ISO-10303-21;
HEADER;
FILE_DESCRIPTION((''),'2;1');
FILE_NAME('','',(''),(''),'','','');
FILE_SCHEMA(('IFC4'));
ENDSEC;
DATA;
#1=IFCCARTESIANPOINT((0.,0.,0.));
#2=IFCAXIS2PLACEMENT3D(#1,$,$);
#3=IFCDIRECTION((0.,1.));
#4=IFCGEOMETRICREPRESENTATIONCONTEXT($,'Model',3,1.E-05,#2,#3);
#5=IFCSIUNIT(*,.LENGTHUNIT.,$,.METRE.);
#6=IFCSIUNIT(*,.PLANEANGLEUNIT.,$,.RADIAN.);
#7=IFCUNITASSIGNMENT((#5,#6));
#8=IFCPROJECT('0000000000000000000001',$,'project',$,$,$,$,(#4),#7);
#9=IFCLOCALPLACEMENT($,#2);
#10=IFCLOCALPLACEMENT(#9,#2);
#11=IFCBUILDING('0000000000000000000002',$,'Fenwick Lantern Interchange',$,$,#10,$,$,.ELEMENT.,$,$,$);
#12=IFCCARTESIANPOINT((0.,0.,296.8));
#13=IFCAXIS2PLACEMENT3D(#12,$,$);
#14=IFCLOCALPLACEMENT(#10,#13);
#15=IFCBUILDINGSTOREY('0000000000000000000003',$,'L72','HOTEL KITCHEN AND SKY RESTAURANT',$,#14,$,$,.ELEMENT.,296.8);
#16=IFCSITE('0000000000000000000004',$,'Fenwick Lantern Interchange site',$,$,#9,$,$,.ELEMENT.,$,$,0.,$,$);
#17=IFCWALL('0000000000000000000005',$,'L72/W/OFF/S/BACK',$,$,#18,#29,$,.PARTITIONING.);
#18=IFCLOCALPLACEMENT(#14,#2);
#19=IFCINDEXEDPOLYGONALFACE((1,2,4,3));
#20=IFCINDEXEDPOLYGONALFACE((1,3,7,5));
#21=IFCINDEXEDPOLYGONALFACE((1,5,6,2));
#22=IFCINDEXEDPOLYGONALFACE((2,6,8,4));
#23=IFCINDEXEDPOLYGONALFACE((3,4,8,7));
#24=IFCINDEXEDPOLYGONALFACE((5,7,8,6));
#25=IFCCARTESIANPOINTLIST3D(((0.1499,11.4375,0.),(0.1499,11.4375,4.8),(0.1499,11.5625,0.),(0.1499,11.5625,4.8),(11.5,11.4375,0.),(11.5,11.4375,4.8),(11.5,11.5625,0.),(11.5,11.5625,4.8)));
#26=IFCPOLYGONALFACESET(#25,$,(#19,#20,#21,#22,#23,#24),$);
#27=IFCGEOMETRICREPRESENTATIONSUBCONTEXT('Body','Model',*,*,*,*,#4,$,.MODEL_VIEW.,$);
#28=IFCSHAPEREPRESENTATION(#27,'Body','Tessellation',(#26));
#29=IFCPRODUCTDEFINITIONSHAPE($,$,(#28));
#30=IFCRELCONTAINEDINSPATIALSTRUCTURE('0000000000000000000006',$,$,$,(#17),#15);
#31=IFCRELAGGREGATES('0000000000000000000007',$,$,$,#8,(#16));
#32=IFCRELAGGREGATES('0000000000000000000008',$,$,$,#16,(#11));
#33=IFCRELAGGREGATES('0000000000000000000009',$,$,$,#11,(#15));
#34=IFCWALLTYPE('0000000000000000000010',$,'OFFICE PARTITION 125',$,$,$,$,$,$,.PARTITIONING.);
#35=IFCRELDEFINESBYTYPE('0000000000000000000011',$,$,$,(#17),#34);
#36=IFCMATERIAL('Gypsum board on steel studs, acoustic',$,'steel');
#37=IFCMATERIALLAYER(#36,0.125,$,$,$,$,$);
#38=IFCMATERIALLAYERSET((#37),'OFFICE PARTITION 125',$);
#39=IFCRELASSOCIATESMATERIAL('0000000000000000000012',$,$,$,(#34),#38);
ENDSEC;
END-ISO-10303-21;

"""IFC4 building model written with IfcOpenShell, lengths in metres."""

from ifc_helpers import new_model, si_unit, direction, frame, frame_2d, origin, place, context, subcontext, project, spatial, rectangle, extrude, material, layer, layer_set, type_object, element, save


model = new_model("IFC4")

# Units and contexts
model_context = context("Model", 3, precision=1e-05, world=origin(), true_north=direction((0.0, 1.0)))
body_context = subcontext(model_context, "Body", "Model", "MODEL_VIEW")
ifc_project = project(units=[si_unit("LENGTHUNIT", "METRE"), si_unit("PLANEANGLEUNIT", "RADIAN")], contexts=[model_context])

# Site, building, storey
site_placement = place(None, origin())
site = spatial("IfcSite", under=ifc_project, at=site_placement, Name="Fenwick Lantern Interchange site", CompositionType="ELEMENT", RefElevation=0.0)
building_placement = place(site_placement, origin())
building = spatial("IfcBuilding", under=site, at=building_placement, Name="Fenwick Lantern Interchange", CompositionType="ELEMENT")
storey_placement = place(building_placement, frame((0.0, 0.0, 296.8)))
storey = spatial("IfcBuildingStorey", under=building, at=storey_placement, Name="L72", Description="HOTEL KITCHEN AND SKY RESTAURANT", CompositionType="ELEMENT", Elevation=296.8)

# Wall
ifc_material_1 = material(Name="Gypsum board on steel studs, acoustic", Category="steel")
ifc_layer_1 = layer(ifc_material_1, 0.125)
ifc_layer_set_1 = layer_set([ifc_layer_1], Name="OFFICE PARTITION 125")
wall_type_1 = type_object("IfcWallType", Name="OFFICE PARTITION 125", PredefinedType="PARTITIONING", material=ifc_layer_set_1)
wall_1_placement = place(storey_placement, frame((0.1499, 11.5, 0.0), z_axis=(0.0, 0.0, 1.0), x_axis=(1.0, 0.0, 0.0)))
element("IfcWall", 1, at=wall_1_placement, inside=storey, type_object=wall_type_1, Name="L72/W/OFF/S/BACK", PredefinedType="PARTITIONING", context=body_context, shape_type="SweptSolid", body=[
    extrude(rectangle(XDim=11.3501, YDim=0.125, at=frame_2d((5.675, 0.0))), origin(), (0.0, 0.0, 1.0), 4.8),
])

save(model, "model.ifc")
